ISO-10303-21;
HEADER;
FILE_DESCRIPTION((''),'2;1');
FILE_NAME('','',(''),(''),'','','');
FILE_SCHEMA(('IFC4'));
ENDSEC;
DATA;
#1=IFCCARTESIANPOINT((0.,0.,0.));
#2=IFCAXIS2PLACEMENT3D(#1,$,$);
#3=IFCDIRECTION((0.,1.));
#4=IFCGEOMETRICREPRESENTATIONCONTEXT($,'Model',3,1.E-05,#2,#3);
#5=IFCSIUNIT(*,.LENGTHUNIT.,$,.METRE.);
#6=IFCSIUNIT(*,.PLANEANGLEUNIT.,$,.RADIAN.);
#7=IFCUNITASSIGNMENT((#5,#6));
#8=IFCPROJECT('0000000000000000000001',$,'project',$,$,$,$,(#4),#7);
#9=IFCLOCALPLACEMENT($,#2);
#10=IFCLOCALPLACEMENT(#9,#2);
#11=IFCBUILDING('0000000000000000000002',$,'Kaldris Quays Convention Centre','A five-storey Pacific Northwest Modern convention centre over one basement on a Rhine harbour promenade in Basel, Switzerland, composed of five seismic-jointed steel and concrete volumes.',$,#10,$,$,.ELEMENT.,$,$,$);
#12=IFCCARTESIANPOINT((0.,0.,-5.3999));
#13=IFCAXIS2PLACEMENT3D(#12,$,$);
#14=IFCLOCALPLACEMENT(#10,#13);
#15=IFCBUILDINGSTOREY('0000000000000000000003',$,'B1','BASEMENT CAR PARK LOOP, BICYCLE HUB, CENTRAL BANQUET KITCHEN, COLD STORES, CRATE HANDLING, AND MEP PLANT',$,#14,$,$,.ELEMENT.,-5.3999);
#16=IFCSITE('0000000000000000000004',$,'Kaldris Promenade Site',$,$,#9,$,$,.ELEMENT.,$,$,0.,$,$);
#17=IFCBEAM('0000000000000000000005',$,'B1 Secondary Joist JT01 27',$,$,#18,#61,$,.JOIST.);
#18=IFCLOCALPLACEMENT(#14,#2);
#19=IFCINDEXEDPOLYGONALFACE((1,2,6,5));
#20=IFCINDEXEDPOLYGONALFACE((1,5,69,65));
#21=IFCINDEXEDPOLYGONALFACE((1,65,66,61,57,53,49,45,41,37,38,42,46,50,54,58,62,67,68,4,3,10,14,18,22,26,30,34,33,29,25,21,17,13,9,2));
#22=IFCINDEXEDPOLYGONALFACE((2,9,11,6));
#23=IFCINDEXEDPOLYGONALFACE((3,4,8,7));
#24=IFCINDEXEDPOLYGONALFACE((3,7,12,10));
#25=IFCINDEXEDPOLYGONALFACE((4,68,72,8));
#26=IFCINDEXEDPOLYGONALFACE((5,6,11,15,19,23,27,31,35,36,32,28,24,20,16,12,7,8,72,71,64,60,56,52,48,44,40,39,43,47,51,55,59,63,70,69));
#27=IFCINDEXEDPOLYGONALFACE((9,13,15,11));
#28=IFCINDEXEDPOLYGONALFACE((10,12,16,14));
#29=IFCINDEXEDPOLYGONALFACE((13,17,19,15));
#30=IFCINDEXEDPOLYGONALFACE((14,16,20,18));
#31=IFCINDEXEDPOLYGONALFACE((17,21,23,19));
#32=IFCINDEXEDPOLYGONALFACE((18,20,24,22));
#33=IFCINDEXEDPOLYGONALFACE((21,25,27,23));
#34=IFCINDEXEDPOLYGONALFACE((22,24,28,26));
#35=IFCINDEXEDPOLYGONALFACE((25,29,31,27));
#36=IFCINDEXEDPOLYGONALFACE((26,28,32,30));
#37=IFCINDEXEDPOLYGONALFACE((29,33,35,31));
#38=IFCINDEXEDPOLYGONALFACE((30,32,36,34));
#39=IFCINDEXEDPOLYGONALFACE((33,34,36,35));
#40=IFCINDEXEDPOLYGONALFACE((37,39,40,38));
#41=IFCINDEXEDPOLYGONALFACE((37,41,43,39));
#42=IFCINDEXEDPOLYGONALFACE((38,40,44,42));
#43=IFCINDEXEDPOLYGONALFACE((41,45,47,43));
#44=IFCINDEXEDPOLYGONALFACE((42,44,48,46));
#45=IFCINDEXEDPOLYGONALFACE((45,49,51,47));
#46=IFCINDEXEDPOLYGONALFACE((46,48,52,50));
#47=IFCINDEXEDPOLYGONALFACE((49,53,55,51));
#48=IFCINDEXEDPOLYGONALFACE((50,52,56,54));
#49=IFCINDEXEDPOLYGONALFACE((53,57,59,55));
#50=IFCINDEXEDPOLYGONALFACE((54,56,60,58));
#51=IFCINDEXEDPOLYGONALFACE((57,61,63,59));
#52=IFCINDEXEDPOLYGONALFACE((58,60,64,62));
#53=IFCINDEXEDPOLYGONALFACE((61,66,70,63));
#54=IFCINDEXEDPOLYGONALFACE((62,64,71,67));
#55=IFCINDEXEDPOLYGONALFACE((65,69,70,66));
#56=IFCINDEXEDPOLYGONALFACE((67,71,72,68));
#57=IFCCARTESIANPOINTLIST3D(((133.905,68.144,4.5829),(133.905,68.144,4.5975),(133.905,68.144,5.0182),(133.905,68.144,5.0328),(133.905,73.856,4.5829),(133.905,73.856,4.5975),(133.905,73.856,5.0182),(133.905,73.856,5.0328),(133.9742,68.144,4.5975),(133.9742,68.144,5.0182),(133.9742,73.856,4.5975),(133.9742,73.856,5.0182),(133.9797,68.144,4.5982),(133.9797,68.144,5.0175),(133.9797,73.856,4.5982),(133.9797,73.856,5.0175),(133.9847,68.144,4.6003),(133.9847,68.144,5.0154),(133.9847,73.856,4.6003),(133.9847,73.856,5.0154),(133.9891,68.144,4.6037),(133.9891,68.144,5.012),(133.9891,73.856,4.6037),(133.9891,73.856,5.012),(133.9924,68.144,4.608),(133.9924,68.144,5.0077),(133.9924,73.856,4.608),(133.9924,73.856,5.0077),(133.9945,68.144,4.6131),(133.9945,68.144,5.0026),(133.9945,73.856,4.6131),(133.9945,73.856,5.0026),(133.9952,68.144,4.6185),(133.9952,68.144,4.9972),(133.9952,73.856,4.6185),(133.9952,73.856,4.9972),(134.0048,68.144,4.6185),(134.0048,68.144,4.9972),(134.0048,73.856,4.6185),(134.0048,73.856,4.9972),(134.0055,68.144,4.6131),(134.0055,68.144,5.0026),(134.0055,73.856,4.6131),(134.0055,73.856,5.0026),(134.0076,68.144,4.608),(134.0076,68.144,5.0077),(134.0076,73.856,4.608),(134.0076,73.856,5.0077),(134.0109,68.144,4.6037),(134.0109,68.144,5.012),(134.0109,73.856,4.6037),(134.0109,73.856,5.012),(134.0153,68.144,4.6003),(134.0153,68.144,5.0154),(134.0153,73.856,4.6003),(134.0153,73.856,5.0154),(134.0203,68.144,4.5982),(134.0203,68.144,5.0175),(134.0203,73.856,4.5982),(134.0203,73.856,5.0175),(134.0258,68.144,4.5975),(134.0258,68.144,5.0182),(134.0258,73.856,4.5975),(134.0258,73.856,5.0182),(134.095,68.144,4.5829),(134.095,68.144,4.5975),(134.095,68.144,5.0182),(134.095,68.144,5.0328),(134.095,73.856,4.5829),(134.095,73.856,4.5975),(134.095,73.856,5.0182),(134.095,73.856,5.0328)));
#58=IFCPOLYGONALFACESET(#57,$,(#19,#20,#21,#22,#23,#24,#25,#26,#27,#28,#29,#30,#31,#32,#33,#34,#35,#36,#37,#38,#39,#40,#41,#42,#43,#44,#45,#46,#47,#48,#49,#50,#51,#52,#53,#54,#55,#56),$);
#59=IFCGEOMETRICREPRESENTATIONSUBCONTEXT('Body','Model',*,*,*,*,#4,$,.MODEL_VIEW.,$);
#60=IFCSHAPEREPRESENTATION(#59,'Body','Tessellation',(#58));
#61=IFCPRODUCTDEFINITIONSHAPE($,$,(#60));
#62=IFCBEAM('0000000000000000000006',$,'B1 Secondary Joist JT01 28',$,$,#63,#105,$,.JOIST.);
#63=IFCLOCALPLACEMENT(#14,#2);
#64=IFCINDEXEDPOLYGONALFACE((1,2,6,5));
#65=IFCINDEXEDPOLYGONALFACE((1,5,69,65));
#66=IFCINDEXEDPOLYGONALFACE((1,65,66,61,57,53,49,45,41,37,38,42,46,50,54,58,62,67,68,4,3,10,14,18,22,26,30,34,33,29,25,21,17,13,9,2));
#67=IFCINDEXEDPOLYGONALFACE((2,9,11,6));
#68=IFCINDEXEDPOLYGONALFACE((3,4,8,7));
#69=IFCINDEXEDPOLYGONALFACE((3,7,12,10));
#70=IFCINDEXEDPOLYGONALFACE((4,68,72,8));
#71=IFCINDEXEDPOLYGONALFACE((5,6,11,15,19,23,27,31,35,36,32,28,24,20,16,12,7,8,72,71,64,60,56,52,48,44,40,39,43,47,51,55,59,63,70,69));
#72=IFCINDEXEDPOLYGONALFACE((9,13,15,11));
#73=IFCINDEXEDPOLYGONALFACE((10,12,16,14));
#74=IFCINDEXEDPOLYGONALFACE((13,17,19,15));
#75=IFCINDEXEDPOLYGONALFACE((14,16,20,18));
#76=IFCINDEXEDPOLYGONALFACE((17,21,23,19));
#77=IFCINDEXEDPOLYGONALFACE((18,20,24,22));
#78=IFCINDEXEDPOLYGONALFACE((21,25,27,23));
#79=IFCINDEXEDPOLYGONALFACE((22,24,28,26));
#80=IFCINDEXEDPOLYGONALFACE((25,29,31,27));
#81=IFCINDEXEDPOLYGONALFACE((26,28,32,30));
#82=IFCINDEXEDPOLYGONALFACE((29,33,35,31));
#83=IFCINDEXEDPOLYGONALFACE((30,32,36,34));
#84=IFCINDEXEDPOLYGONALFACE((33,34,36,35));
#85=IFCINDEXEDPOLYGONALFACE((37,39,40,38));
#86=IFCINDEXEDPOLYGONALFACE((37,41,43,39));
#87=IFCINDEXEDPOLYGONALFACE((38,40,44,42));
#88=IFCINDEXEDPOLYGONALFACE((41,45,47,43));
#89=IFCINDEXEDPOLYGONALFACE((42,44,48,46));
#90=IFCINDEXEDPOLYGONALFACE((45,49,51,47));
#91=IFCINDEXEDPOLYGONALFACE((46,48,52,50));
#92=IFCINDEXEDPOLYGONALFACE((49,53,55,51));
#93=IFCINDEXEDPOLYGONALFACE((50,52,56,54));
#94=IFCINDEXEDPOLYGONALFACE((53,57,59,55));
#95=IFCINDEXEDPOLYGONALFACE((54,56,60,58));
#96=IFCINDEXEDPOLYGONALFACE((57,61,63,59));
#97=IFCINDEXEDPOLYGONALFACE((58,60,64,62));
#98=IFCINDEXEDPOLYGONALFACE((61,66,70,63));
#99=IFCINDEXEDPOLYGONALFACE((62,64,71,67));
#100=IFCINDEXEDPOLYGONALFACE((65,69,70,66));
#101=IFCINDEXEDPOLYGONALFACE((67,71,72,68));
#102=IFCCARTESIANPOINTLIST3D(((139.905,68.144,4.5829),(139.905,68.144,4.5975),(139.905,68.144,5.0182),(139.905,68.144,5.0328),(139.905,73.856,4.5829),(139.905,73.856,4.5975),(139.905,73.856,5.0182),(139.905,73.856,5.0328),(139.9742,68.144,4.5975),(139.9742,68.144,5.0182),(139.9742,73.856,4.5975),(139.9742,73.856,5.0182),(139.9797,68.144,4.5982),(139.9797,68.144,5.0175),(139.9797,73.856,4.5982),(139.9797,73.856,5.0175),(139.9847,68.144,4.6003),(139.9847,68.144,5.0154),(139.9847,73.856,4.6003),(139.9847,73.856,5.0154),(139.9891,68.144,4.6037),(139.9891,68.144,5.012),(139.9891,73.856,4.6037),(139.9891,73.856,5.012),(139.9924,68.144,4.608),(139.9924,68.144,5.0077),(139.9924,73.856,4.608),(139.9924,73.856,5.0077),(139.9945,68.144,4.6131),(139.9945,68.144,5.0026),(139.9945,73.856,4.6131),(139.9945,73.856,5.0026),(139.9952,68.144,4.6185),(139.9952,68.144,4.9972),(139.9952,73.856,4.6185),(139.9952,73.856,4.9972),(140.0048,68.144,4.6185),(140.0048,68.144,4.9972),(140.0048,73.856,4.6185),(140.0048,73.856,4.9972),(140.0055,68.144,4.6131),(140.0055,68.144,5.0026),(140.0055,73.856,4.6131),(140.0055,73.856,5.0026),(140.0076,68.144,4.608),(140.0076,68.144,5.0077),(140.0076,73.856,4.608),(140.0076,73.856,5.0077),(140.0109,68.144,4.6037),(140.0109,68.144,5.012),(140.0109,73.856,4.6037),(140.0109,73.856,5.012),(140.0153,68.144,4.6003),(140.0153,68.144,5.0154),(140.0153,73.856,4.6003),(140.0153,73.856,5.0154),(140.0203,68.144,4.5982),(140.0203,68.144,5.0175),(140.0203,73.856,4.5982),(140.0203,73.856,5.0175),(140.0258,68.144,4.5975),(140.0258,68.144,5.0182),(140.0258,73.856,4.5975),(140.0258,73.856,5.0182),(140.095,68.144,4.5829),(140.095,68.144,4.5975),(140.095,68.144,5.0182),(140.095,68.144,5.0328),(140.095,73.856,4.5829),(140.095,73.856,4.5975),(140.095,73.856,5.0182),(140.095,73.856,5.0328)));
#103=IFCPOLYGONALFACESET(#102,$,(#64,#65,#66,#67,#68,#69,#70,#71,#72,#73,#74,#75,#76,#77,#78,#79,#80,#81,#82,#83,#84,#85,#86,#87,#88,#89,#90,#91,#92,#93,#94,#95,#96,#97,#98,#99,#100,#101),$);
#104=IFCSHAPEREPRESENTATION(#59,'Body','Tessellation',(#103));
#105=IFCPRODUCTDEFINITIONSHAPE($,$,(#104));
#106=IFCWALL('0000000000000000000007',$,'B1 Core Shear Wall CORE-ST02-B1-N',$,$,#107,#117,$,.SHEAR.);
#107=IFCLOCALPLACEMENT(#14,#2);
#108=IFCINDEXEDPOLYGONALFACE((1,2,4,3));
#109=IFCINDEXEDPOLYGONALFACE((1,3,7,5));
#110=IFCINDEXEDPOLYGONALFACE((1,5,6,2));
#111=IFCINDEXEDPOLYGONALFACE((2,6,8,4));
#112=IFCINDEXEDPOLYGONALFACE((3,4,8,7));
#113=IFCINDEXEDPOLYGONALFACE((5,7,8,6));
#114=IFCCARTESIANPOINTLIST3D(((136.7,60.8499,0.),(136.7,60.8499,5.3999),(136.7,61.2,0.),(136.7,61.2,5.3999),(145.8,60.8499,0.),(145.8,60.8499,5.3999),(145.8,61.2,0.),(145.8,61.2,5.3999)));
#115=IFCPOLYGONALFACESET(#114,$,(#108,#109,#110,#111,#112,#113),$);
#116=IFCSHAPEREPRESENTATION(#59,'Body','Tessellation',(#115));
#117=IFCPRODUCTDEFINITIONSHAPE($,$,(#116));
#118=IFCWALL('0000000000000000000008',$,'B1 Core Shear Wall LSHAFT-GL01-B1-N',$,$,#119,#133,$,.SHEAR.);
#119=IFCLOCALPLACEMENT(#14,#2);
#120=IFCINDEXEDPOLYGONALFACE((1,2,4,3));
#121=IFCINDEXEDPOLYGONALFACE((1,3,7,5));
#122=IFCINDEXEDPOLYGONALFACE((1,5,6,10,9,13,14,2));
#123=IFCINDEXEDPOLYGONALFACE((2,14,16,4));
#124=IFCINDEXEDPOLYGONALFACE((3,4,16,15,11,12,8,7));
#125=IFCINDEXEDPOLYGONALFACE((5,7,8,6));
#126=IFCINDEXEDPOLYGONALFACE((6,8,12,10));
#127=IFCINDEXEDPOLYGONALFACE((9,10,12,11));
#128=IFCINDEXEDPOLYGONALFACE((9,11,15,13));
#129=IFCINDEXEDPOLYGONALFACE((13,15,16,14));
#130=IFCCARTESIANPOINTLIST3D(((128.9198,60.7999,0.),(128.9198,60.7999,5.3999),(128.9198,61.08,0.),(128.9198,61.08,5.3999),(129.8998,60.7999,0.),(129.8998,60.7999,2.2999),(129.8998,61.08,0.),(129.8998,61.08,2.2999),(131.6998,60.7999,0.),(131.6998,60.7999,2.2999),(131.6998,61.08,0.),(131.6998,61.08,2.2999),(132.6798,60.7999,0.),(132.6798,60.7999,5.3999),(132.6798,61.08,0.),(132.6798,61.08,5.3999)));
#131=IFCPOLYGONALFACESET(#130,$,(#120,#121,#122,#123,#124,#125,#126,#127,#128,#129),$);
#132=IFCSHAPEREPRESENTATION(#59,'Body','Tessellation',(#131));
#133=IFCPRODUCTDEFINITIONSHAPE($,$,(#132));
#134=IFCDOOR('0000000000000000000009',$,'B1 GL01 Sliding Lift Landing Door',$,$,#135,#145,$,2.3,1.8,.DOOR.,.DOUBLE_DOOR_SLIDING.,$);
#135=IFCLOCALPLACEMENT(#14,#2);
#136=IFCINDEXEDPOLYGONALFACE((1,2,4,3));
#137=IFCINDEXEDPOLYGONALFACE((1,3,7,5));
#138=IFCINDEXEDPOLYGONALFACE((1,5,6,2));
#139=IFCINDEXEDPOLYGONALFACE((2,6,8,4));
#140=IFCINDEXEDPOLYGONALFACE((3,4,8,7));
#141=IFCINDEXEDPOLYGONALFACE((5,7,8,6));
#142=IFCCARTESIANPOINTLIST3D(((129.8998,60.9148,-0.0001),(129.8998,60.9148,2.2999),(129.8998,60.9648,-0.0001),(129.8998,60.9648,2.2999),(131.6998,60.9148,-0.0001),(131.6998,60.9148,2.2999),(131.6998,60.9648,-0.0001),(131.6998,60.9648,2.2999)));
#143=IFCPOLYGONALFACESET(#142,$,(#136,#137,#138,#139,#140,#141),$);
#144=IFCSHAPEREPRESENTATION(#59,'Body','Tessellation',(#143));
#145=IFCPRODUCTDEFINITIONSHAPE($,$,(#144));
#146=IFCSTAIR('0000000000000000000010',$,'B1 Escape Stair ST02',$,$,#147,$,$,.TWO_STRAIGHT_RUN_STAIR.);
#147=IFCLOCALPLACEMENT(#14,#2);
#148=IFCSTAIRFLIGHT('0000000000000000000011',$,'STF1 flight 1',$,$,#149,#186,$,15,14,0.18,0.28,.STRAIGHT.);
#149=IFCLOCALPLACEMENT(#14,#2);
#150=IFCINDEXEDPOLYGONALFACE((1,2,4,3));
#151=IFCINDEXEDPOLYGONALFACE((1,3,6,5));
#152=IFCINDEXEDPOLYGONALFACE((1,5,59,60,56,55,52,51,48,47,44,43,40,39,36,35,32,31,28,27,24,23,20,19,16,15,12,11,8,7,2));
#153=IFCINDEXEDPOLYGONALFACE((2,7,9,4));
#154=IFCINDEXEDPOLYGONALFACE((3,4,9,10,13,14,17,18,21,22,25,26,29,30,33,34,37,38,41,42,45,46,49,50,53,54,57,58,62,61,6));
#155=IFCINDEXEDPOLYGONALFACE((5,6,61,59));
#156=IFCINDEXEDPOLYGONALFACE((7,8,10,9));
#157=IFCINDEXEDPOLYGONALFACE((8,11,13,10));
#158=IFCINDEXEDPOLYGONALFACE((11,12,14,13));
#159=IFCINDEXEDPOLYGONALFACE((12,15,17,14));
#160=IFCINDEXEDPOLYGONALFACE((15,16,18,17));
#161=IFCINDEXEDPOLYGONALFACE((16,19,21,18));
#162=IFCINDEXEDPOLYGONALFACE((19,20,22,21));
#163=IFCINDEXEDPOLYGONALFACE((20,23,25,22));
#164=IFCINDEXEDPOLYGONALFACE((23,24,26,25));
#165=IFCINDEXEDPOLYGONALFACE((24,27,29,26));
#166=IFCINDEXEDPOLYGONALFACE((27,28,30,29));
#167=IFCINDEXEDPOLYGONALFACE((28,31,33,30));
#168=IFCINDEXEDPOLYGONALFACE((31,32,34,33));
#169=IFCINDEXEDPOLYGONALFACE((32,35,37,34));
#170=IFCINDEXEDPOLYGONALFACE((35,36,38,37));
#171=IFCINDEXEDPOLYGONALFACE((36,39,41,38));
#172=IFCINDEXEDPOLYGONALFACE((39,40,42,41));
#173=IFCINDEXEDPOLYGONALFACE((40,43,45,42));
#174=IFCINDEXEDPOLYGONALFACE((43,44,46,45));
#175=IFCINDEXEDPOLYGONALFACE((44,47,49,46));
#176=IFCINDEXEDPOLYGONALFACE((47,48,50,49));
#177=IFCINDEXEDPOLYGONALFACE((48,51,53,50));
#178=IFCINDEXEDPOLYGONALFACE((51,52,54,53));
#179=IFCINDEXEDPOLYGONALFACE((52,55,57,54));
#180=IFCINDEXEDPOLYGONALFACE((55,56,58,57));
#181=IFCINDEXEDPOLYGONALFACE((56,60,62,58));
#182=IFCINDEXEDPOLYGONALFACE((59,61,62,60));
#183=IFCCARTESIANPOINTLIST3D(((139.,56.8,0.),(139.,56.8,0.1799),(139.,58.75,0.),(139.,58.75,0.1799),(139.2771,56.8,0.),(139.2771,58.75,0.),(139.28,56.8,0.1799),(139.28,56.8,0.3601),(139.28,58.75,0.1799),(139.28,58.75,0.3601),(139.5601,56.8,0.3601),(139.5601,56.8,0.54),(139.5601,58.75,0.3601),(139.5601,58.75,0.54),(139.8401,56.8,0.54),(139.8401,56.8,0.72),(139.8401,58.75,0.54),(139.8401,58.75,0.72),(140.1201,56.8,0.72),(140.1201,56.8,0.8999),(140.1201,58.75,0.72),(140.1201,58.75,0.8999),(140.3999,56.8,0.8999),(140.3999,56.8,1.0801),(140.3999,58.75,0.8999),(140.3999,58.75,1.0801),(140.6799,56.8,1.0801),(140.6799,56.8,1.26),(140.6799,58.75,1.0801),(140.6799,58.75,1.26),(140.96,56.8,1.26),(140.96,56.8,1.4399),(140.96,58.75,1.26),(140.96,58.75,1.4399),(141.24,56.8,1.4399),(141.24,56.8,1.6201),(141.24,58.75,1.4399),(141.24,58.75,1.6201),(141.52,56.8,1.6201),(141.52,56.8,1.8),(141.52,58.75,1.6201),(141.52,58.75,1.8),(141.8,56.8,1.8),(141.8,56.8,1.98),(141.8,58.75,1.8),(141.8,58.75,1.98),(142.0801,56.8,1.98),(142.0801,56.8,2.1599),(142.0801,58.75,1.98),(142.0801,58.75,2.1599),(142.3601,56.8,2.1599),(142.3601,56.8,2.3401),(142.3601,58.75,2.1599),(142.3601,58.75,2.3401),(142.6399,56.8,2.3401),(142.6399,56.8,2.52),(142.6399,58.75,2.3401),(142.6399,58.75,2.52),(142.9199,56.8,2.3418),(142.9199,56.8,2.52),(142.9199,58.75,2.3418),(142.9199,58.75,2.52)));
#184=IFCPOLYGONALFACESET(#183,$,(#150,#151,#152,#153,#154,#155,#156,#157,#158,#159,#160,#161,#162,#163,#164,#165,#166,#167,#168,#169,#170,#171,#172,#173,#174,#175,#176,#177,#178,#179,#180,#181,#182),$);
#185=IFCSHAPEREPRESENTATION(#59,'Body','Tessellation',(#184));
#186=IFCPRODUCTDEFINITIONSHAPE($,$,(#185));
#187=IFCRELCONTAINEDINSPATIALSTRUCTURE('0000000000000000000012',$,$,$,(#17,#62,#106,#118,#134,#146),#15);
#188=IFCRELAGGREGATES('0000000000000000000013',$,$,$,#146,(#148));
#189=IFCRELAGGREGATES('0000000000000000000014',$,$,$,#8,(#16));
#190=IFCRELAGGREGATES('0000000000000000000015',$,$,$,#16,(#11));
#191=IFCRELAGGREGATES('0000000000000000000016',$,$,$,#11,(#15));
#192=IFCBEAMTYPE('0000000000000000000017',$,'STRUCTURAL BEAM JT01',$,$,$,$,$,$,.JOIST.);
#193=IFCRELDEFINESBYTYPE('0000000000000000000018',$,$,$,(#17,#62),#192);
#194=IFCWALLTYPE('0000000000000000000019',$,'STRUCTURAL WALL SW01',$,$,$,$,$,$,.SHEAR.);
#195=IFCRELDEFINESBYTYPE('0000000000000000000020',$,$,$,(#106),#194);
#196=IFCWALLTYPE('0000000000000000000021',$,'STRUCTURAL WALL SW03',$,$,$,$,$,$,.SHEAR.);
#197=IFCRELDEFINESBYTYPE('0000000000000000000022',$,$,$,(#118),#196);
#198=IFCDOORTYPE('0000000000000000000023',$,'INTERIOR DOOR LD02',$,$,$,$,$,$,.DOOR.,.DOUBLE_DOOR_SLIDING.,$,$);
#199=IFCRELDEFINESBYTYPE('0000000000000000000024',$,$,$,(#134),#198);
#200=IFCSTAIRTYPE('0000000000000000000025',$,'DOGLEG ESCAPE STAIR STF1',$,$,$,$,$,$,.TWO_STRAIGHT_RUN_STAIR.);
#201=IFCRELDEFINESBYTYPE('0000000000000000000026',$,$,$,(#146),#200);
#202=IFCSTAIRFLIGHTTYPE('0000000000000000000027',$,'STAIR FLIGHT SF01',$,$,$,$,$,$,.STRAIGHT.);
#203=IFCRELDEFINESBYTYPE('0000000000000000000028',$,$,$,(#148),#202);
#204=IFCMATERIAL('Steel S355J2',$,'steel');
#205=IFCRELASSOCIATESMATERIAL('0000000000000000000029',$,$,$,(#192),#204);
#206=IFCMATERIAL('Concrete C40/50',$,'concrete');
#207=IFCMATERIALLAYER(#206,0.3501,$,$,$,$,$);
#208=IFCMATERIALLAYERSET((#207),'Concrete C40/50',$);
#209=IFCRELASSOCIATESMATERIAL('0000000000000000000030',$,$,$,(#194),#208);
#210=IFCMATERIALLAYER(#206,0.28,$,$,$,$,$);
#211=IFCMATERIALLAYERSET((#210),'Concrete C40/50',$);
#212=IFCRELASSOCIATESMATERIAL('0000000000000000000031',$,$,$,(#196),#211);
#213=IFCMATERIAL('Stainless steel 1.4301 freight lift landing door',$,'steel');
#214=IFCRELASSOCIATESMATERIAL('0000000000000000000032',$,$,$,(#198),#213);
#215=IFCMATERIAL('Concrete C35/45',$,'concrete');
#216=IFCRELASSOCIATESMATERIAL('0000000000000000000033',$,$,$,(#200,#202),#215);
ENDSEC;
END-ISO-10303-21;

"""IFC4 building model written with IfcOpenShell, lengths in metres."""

from ifc_helpers import new_model, si_unit, direction, frame, frame_2d, origin, origin_2d, place, context, subcontext, project, spatial, polyline, rectangle, i_section, outline, extrude, material, layer, layer_set, material_profile, profile_set, type_object, element, fill, aggregate, save


model = new_model("IFC4")

# Units and contexts
model_context = context("Model", 3, precision=1e-05, world=origin(), true_north=direction((0.0, 1.0)))
body_context = subcontext(model_context, "Body", "Model", "MODEL_VIEW")
ifc_project = project(units=[si_unit("LENGTHUNIT", "METRE"), si_unit("PLANEANGLEUNIT", "RADIAN")], contexts=[model_context])

# Site, building, storey
site_placement = place(None, origin())
site = spatial("IfcSite", under=ifc_project, at=site_placement, Name="Kaldris Promenade Site", CompositionType="ELEMENT", RefElevation=0.0)
building_placement = place(site_placement, origin())
building = spatial("IfcBuilding", under=site, at=building_placement, Name="Kaldris Quays Convention Centre", Description="A five-storey Pacific Northwest Modern convention centre over one basement on a Rhine harbour promenade in Basel, Switzerland, composed of five seismic-jointed steel and concrete volumes.", CompositionType="ELEMENT")
storey_placement = place(building_placement, frame((0.0, 0.0, -5.3999)))
storey = spatial("IfcBuildingStorey", under=building, at=storey_placement, Name="B1", Description="BASEMENT CAR PARK LOOP, BICYCLE HUB, CENTRAL BANQUET KITCHEN, COLD STORES, CRATE HANDLING, AND MEP PLANT", CompositionType="ELEMENT", Elevation=-5.3999)

# Shared definitions
ifc_material_1 = material(Name="Concrete C35/45", Category="concrete")

# Beams
ifc_material_2 = material(Name="Steel S355J2", Category="steel")
ifc_material_profile_1 = material_profile(ifc_material_2, i_section(OverallWidth=0.1899, OverallDepth=0.45, WebThickness=0.0095, FlangeThickness=0.0146, FilletRadius=0.021, at=origin_2d()), Name="IPE 450")
ifc_profile_set_1 = profile_set([ifc_material_profile_1], Name="Steel S355J2")
beam_type = type_object("IfcBeamType", Name="STRUCTURAL BEAM JT01", PredefinedType="JOIST", material=ifc_profile_set_1)
for number, where, z_axis, x_axis, name in (
    (1, (134.0, 68.144, 4.8079), (0.0, 1.0, 0.0), (-1.0, 0.0, 0.0), "B1 Secondary Joist JT01 27"),
    (2, (140.0, 68.144, 4.8079), (0.0, 1.0, 0.0), (-1.0, 0.0, 0.0), "B1 Secondary Joist JT01 28"),
):
    element("IfcBeam", number, at=place(storey_placement, frame(where, z_axis=z_axis, x_axis=x_axis)), inside=storey, type_object=beam_type, Name=name, PredefinedType="JOIST", context=body_context, shape_type="SweptSolid", body=[
        extrude(i_section(OverallWidth=0.1899, OverallDepth=0.45, WebThickness=0.0095, FlangeThickness=0.0146, FilletRadius=0.021, at=origin_2d()), origin(), (0.0, 0.0, 1.0), 5.7119),
    ])

# Wall
ifc_material_3 = material(Name="Concrete C40/50", Category="concrete")
ifc_layer_1 = layer(ifc_material_3, 0.3501)
ifc_layer_set_1 = layer_set([ifc_layer_1], Name="Concrete C40/50")
wall_type_1 = type_object("IfcWallType", Name="STRUCTURAL WALL SW01", PredefinedType="SHEAR", material=ifc_layer_set_1)
wall_1_placement = place(storey_placement, frame((136.7, 61.0249, 0.0), z_axis=(0.0, 0.0, 1.0), x_axis=(1.0, 0.0, 0.0)))
element("IfcWall", 3, at=wall_1_placement, inside=storey, type_object=wall_type_1, Name="B1 Core Shear Wall CORE-ST02-B1-N", PredefinedType="SHEAR", context=body_context, shape_type="SweptSolid", body=[
    extrude(rectangle(XDim=9.1001, YDim=0.3501, at=frame_2d((4.55, 0.0))), origin(), (0.0, 0.0, 1.0), 5.3999),
])

# Wall, opening, door
ifc_layer_2 = layer(ifc_material_3, 0.28)
ifc_layer_set_2 = layer_set([ifc_layer_2], Name="Concrete C40/50")
wall_type_2 = type_object("IfcWallType", Name="STRUCTURAL WALL SW03", PredefinedType="SHEAR", material=ifc_layer_set_2)
wall_2_placement = place(storey_placement, frame((128.9199, 60.9399, 0.0), z_axis=(0.0, 0.0, 1.0), x_axis=(1.0, 0.0, 0.0)))
wall_2 = element("IfcWall", 4, at=wall_2_placement, inside=storey, type_object=wall_type_2, Name="B1 Core Shear Wall LSHAFT-GL01-B1-N", PredefinedType="SHEAR", context=body_context, shape_type="SweptSolid", body=[
    extrude(rectangle(XDim=3.76, YDim=0.28, at=frame_2d((1.8799, 0.0))), origin(), (0.0, 0.0, 1.0), 5.3999),
])
opening_placement = place(wall_2_placement, frame((0.98, 0.0, 0.0)))
opening = element("IfcOpeningElement", 5, at=opening_placement, cuts=wall_2, PredefinedType="OPENING", context=body_context, shape_type="SweptSolid", body=[
    extrude(rectangle(XDim=1.8, YDim=2.3, at=frame_2d((0.8999, 1.1499))), frame((0.0, 0.1499, 0.0), z_axis=(0.0, -1.0, 0.0), x_axis=(1.0, 0.0, 0.0)), (0.0, 0.0, 1.0), 0.3),
])
ifc_material_4 = material(Name="Stainless steel 1.4301 freight lift landing door", Category="steel")
door_type = type_object("IfcDoorType", Name="INTERIOR DOOR LD02", OperationType="DOUBLE_DOOR_SLIDING", PredefinedType="DOOR", material=ifc_material_4)
door_placement = place(opening_placement, origin())
door = element("IfcDoor", 6, at=door_placement, inside=storey, type_object=door_type, Name="B1 GL01 Sliding Lift Landing Door", OperationType="DOUBLE_DOOR_SLIDING", OverallHeight=2.3, OverallWidth=1.8, PredefinedType="DOOR", context=body_context, shape_type="SweptSolid", body=[
    extrude(rectangle(XDim=1.8, YDim=2.3, at=frame_2d((0.8999, 1.1499))), frame((0.0, 0.0249, 0.0), z_axis=(0.0, -1.0, 0.0), x_axis=(1.0, 0.0, 0.0)), (0.0, 0.0, 1.0), 0.05),
])
fill(opening, door)

# Stair, stair flight
stair_type = type_object("IfcStairType", Name="DOGLEG ESCAPE STAIR STF1", PredefinedType="TWO_STRAIGHT_RUN_STAIR", material=ifc_material_1)
stair_placement = place(storey_placement, origin())
stair = element("IfcStair", 7, at=stair_placement, inside=storey, type_object=stair_type, Name="B1 Escape Stair ST02", PredefinedType="TWO_STRAIGHT_RUN_STAIR")
stair_flight_type = type_object("IfcStairFlightType", Name="STAIR FLIGHT SF01", PredefinedType="STRAIGHT", material=ifc_material_1)
stair_flight_1_placement = place(storey_placement, frame((139.0, 57.7749, 0.0), z_axis=(0.0, 0.0, 1.0), x_axis=(1.0, 0.0, 0.0)))
stair_flight_1 = element("IfcStairFlight", 8, at=stair_flight_1_placement, type_object=stair_flight_type, Name="STF1 flight 1", NumberOfRisers=15, NumberOfTreads=14, PredefinedType="STRAIGHT", RiserHeight=0.18, TreadLength=0.28, context=body_context, shape_type="SweptSolid", body=[
    extrude(outline(polyline([(0.0, 0.0), (0.0, 0.1799), (0.28, 0.1799), (0.28, 0.3601), (0.5601, 0.3601), (0.5601, 0.54), (0.8401, 0.54), (0.8401, 0.72), (1.1201, 0.72), (1.1201, 0.8999), (1.3999, 0.8999), (1.3999, 1.0801), (1.6799, 1.0801), (1.6799, 1.26), (1.96, 1.26), (1.96, 1.4399), (2.24, 1.4399), (2.24, 1.6201), (2.52, 1.6201), (2.52, 1.8), (2.8, 1.8), (2.8, 1.98), (3.0801, 1.98), (3.0801, 2.1599), (3.3601, 2.1599), (3.3601, 2.3401), (3.6399, 2.3401), (3.6399, 2.52), (3.9199, 2.52), (3.9199, 2.7), (3.9199, 2.3418), (0.2771, 0.0), (0.0, 0.0)])), frame((0.0, 0.9751, 0.0), z_axis=(0.0, -1.0, 0.0), x_axis=(1.0, 0.0, 0.0)), (0.0, 0.0, 1.0), 1.95),
])
aggregate(stair, [stair_flight_1])

save(model, "model.ifc")
